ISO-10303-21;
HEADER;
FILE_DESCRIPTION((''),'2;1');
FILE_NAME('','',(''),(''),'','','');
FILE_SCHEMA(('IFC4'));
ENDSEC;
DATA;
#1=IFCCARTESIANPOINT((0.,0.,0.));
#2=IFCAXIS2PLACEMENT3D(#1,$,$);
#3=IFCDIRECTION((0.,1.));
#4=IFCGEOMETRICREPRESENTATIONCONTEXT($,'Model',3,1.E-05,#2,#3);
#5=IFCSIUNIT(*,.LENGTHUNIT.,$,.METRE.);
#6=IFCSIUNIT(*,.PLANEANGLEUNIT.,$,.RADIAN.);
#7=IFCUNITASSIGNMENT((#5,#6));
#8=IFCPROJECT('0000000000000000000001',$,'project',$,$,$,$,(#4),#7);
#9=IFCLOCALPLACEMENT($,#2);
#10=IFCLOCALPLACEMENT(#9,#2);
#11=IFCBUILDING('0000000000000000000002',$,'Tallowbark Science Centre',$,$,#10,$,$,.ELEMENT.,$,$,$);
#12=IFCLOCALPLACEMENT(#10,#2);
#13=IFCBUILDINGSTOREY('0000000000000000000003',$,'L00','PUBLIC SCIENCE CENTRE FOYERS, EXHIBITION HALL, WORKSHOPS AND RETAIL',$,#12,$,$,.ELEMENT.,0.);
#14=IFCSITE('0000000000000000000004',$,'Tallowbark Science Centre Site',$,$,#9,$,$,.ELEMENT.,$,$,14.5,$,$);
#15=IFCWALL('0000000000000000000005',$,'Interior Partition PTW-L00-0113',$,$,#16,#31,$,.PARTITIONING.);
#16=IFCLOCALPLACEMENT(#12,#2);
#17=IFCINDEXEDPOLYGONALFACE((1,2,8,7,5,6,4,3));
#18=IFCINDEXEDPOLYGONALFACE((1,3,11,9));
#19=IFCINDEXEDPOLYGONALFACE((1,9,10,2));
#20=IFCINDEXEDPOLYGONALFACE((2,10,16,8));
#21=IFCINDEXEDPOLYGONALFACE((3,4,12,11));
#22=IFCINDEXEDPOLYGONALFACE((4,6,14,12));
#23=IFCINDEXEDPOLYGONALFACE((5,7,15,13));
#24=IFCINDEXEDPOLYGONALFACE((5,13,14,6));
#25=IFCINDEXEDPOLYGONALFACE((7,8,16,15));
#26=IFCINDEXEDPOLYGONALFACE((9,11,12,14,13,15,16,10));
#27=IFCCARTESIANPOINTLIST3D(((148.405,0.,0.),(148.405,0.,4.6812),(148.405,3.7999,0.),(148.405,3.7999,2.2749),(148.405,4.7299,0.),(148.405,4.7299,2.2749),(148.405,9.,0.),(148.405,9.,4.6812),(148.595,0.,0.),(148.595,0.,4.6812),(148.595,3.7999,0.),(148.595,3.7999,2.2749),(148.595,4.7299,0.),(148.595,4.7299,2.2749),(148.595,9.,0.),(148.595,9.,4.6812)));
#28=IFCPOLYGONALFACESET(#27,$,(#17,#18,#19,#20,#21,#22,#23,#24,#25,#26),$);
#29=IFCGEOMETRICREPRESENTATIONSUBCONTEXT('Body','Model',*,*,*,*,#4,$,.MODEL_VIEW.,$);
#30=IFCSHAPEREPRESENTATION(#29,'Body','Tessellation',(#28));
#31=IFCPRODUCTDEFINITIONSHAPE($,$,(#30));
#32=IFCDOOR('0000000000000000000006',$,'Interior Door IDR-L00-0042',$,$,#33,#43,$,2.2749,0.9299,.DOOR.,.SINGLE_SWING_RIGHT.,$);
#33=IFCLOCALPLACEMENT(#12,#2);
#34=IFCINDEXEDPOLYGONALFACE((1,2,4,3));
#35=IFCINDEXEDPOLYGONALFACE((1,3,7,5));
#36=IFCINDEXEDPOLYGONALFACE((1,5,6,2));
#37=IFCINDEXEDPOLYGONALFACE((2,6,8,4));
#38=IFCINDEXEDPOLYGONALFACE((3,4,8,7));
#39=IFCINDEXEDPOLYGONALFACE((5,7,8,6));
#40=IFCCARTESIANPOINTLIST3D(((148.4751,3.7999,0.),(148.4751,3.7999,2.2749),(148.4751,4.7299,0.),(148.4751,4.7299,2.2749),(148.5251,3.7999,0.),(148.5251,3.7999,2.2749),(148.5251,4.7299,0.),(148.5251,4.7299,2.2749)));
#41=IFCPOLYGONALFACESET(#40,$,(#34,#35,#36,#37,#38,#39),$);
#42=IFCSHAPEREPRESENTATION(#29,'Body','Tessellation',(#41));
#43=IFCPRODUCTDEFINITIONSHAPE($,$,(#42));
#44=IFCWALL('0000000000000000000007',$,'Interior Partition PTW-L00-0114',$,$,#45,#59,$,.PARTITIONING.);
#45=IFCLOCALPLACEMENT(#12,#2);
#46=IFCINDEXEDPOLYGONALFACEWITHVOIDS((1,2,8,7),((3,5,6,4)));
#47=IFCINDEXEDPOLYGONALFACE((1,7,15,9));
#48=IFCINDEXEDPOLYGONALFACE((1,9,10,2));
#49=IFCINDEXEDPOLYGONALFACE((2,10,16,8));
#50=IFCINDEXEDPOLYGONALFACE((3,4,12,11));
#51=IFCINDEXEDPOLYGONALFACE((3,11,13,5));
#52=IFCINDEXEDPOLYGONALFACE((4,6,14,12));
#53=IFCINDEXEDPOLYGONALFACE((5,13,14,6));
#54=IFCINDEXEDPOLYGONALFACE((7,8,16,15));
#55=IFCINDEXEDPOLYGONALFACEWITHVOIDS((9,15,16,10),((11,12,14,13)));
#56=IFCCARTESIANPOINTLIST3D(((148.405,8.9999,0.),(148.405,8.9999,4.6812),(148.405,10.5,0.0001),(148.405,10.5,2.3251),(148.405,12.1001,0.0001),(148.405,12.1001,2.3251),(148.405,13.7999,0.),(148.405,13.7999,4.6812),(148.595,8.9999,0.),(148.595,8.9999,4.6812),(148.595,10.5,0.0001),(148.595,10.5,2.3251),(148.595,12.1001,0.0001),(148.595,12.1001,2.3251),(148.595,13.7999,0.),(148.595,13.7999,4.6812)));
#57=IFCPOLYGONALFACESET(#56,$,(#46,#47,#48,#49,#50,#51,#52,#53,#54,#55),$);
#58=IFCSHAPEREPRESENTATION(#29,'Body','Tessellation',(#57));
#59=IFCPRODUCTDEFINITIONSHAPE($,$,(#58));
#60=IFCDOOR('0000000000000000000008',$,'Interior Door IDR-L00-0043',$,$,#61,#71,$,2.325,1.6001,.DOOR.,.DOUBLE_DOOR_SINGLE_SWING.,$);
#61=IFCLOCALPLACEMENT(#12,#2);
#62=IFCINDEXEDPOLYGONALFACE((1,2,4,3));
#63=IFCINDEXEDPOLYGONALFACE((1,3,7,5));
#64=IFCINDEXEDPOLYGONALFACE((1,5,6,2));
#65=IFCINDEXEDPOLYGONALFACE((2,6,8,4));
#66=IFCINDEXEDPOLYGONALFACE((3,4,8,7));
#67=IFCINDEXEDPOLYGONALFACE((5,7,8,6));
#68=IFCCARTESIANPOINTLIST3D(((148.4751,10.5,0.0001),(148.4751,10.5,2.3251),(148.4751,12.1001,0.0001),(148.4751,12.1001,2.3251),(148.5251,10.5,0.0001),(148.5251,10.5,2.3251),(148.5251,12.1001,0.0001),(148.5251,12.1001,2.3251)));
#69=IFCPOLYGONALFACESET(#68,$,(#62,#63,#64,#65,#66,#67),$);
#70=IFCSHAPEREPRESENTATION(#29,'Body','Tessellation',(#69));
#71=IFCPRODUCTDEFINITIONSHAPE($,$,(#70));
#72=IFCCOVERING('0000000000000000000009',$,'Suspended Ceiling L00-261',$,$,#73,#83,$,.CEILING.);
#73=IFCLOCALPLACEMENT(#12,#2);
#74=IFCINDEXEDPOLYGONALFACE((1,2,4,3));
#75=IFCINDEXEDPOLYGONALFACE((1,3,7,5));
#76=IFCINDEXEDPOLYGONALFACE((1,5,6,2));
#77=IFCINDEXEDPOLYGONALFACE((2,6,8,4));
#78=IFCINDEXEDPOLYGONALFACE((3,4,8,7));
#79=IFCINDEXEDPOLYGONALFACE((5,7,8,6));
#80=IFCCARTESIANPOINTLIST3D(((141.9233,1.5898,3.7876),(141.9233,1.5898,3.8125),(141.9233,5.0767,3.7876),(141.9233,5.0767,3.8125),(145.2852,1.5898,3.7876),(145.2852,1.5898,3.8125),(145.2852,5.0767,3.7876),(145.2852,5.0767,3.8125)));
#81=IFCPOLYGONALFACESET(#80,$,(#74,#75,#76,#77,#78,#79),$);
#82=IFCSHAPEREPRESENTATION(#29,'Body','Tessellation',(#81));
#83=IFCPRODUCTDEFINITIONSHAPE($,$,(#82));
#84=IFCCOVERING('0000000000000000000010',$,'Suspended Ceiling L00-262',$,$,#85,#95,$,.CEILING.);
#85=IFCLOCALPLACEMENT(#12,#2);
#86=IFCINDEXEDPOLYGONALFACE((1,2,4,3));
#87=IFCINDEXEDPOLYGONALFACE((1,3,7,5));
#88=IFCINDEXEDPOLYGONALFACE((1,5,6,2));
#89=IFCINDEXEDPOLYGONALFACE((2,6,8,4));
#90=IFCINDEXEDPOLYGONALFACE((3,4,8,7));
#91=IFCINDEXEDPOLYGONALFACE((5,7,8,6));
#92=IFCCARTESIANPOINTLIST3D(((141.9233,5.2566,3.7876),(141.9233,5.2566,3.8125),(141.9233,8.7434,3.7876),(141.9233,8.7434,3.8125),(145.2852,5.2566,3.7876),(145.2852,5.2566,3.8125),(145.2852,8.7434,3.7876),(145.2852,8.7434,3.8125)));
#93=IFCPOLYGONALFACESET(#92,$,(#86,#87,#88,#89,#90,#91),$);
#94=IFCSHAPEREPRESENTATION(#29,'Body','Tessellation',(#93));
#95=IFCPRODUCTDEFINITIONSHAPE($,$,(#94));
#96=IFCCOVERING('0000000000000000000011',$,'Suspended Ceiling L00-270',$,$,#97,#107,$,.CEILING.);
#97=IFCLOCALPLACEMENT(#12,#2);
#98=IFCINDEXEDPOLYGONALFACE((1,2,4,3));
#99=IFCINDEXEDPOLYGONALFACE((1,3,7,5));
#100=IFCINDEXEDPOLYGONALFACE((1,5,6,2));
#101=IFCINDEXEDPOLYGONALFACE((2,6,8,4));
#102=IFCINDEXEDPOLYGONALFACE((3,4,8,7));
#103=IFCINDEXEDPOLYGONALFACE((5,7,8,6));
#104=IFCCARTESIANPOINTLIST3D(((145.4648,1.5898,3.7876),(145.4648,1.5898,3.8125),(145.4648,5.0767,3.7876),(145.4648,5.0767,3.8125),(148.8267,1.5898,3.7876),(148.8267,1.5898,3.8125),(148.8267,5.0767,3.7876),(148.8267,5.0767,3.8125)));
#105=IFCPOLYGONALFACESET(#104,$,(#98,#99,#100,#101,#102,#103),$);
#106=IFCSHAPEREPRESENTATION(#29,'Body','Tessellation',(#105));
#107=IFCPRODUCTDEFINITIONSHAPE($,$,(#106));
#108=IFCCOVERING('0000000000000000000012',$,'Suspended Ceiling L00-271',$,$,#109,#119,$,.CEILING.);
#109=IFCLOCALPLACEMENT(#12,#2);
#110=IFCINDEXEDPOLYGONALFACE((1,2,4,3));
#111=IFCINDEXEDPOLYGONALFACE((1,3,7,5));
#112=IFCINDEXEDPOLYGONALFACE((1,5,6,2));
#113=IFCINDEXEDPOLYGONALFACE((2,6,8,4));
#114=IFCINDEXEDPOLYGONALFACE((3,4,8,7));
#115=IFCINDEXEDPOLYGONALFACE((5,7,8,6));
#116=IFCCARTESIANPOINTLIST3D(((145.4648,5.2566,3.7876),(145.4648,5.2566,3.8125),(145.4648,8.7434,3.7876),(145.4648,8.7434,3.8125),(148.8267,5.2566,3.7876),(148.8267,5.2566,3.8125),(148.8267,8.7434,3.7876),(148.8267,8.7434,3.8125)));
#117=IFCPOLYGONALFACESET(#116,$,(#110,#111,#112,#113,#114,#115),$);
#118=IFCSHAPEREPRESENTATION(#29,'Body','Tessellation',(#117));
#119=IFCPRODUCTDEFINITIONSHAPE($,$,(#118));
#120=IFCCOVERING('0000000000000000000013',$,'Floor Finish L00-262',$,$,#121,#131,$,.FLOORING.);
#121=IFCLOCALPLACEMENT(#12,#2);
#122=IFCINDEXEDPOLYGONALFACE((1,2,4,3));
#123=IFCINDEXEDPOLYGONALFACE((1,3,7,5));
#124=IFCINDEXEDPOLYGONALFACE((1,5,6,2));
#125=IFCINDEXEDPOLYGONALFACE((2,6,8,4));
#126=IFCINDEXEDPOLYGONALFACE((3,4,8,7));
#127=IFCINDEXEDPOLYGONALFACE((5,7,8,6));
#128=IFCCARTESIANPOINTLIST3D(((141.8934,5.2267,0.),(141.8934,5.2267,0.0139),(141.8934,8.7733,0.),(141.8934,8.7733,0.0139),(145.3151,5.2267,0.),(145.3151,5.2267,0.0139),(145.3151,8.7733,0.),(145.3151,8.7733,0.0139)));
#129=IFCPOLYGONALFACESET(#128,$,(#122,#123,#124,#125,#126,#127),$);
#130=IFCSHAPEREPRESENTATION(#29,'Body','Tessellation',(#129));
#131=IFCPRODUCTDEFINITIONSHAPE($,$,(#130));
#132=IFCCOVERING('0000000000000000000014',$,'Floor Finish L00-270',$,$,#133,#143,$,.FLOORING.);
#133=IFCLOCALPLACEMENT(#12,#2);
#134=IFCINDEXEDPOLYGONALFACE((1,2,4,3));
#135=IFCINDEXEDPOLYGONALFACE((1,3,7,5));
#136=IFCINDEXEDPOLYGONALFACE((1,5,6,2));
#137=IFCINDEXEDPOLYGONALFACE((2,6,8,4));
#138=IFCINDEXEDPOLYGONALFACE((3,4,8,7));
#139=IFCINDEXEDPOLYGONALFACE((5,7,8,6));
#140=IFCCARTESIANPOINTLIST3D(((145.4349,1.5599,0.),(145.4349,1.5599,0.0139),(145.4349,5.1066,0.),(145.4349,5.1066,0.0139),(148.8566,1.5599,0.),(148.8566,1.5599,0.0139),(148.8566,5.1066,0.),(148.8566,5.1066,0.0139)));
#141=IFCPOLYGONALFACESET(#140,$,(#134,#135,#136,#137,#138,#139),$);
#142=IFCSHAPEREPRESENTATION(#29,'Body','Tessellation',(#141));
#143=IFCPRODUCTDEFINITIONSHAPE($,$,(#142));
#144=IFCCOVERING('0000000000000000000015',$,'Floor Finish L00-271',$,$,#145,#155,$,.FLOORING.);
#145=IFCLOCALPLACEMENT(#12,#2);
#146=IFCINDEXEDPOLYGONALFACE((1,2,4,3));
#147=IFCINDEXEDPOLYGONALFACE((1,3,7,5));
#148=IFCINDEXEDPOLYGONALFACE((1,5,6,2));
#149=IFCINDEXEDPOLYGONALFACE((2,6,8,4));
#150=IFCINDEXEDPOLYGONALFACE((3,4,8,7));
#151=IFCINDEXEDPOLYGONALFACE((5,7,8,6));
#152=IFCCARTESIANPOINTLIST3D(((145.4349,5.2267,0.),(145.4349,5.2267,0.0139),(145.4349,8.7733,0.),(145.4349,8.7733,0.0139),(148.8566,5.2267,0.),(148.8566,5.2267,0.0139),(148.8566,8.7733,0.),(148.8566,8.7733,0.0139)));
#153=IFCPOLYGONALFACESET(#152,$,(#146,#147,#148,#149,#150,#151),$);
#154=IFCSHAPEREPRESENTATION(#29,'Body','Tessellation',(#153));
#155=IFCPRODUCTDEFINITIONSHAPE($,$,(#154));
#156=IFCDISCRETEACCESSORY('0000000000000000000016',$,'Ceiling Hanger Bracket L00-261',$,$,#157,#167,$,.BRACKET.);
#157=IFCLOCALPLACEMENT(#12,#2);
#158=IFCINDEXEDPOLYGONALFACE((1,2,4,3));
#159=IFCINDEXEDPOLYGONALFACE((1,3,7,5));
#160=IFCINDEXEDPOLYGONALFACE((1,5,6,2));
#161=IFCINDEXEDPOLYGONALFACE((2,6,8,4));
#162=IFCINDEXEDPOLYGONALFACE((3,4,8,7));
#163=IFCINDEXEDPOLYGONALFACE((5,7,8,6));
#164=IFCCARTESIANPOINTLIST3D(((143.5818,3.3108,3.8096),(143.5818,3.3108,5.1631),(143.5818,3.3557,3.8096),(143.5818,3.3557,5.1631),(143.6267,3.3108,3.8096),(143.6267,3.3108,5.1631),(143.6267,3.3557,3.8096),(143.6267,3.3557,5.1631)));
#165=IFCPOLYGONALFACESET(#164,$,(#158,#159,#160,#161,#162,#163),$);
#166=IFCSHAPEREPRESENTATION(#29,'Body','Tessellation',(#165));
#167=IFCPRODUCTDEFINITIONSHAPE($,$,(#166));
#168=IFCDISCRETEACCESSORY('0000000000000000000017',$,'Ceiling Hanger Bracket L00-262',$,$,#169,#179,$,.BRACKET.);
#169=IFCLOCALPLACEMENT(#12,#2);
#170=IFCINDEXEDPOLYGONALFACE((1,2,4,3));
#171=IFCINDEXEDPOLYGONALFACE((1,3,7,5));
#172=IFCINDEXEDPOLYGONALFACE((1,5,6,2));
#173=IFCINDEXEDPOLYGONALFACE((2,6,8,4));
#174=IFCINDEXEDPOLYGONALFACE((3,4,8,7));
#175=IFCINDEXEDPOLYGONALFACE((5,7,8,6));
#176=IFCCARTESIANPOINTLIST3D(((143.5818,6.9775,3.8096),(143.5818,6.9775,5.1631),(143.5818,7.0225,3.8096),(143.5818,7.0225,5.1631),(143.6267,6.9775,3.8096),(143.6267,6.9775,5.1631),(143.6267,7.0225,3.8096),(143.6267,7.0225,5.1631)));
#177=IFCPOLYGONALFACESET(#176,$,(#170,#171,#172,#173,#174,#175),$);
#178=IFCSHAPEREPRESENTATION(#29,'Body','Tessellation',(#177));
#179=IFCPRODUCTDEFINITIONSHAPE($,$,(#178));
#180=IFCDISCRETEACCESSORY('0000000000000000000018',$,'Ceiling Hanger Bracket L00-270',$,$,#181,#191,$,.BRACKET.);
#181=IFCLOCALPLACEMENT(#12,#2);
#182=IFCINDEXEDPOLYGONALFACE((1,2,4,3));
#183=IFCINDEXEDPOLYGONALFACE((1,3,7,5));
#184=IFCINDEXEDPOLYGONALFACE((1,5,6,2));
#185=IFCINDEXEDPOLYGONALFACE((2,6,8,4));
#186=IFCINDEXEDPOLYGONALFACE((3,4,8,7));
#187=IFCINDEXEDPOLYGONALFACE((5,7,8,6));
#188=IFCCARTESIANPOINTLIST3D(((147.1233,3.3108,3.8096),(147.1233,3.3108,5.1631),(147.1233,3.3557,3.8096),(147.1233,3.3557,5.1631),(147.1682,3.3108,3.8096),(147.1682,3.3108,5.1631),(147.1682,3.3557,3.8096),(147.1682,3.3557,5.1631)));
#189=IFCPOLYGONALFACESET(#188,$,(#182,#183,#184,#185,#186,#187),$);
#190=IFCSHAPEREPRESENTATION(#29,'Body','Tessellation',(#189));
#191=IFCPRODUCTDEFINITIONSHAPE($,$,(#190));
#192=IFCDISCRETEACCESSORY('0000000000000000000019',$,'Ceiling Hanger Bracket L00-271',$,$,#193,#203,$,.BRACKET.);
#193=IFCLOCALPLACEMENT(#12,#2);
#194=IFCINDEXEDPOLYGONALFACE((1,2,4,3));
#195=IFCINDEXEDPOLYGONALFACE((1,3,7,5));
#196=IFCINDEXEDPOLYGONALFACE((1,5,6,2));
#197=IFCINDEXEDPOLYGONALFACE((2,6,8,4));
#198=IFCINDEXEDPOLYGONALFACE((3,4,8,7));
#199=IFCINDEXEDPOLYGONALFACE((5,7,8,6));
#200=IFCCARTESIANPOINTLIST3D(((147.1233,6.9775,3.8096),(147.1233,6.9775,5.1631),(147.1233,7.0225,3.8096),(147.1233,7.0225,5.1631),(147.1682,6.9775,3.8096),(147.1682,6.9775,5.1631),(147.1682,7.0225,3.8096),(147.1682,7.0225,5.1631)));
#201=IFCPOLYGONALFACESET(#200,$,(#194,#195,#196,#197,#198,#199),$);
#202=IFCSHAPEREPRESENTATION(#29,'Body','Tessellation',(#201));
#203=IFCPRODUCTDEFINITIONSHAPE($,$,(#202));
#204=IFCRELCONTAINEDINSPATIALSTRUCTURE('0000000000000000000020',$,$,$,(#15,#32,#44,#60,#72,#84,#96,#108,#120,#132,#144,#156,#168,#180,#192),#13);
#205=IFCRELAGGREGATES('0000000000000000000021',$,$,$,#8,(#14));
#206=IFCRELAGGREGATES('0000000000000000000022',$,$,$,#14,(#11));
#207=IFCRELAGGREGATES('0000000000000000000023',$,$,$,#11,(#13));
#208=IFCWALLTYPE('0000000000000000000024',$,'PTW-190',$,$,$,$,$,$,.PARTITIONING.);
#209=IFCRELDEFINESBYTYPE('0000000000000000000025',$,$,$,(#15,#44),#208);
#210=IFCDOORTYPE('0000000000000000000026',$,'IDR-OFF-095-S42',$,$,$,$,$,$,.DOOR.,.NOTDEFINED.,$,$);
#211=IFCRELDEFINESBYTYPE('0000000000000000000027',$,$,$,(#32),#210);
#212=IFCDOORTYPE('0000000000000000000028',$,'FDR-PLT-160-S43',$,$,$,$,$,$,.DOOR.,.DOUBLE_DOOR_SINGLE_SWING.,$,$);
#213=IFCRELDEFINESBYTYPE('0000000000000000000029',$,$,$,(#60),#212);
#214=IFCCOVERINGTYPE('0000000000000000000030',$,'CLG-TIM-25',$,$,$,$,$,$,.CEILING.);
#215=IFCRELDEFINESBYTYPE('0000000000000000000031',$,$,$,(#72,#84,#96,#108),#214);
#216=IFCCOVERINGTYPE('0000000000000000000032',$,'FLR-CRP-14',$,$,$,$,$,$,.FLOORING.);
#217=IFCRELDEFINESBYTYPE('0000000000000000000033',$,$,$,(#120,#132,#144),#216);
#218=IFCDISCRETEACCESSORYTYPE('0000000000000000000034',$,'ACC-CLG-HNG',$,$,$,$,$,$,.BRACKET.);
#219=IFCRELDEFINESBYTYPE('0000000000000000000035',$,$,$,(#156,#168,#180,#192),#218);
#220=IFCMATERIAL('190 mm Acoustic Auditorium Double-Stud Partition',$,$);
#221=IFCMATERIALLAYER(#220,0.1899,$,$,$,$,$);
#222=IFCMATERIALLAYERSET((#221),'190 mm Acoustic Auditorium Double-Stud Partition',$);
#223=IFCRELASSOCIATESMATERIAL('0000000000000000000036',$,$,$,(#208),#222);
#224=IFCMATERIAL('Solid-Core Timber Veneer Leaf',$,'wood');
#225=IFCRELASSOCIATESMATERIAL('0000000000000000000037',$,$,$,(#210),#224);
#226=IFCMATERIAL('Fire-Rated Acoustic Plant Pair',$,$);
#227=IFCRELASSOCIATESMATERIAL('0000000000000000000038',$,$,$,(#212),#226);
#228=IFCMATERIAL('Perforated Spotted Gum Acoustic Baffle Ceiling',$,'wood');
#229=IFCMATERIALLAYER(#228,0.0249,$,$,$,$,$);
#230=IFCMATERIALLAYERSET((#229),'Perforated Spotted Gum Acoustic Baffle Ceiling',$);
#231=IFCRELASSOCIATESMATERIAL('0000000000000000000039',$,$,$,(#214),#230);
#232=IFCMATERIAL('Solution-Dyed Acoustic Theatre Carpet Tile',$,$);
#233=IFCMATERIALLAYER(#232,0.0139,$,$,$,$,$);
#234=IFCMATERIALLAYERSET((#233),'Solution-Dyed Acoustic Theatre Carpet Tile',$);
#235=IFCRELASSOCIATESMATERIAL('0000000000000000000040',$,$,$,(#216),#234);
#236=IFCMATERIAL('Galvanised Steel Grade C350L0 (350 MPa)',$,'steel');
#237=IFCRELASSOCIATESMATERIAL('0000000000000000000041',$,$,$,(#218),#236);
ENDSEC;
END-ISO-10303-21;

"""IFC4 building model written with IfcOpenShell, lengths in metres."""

from ifc_helpers import new_model, si_unit, direction, frame, frame_2d, origin, origin_2d, place, context, subcontext, project, spatial, rectangle, extrude, material, layer, layer_set, type_object, element, fill, save


model = new_model("IFC4")

# Units and contexts
model_context = context("Model", 3, precision=1e-05, world=origin(), true_north=direction((0.0, 1.0)))
body_context = subcontext(model_context, "Body", "Model", "MODEL_VIEW")
ifc_project = project(units=[si_unit("LENGTHUNIT", "METRE"), si_unit("PLANEANGLEUNIT", "RADIAN")], contexts=[model_context])

# Site, building, storey
site_placement = place(None, origin())
site = spatial("IfcSite", under=ifc_project, at=site_placement, Name="Tallowbark Science Centre Site", CompositionType="ELEMENT", RefElevation=14.5)
building_placement = place(site_placement, origin())
building = spatial("IfcBuilding", under=site, at=building_placement, Name="Tallowbark Science Centre", CompositionType="ELEMENT")
storey_placement = place(building_placement, origin())
storey = spatial("IfcBuildingStorey", under=building, at=storey_placement, Name="L00", Description="PUBLIC SCIENCE CENTRE FOYERS, EXHIBITION HALL, WORKSHOPS AND RETAIL", CompositionType="ELEMENT", Elevation=0.0)

# Walls, openings, doors
ifc_material_1 = material(Name="190 mm Acoustic Auditorium Double-Stud Partition")
ifc_layer_1 = layer(ifc_material_1, 0.1899)
ifc_layer_set_1 = layer_set([ifc_layer_1], Name="190 mm Acoustic Auditorium Double-Stud Partition")
wall_type_1 = type_object("IfcWallType", Name="PTW-190", PredefinedType="PARTITIONING", material=ifc_layer_set_1)
wall_1_placement = place(storey_placement, frame((148.5, 0.0, 0.0), z_axis=(0.0, 0.0, 1.0), x_axis=(0.0, 1.0, 0.0)))
wall_1 = element("IfcWall", 1, at=wall_1_placement, inside=storey, type_object=wall_type_1, Name="Interior Partition PTW-L00-0113", PredefinedType="PARTITIONING", context=body_context, shape_type="SweptSolid", body=[
    extrude(rectangle(XDim=9.0, YDim=0.1899, at=frame_2d((4.5, 0.0))), origin(), (0.0, 0.0, 1.0), 4.6812),
])
opening_1_placement = place(wall_1_placement, frame((3.8, 0.0, 0.0)))
opening_1 = element("IfcOpeningElement", 2, at=opening_1_placement, cuts=wall_1, PredefinedType="OPENING", context=body_context, shape_type="SweptSolid", body=[
    extrude(rectangle(XDim=0.9299, YDim=2.2749, at=frame_2d((0.4648, 1.1375))), frame((0.0, 0.105, 0.0), z_axis=(0.0, -1.0, 0.0), x_axis=(1.0, 0.0, 0.0)), (0.0, 0.0, 1.0), 0.21),
])
ifc_material_2 = material(Name="Solid-Core Timber Veneer Leaf", Category="wood")
door_type_1 = type_object("IfcDoorType", Name="IDR-OFF-095-S42", OperationType="NOTDEFINED", PredefinedType="DOOR", material=ifc_material_2)
door_1_placement = place(opening_1_placement, origin())
door_1 = element("IfcDoor", 3, at=door_1_placement, inside=storey, type_object=door_type_1, Name="Interior Door IDR-L00-0042", OperationType="SINGLE_SWING_RIGHT", OverallHeight=2.2749, OverallWidth=0.9299, PredefinedType="DOOR", context=body_context, shape_type="SweptSolid", body=[
    extrude(rectangle(XDim=0.9299, YDim=2.2749, at=frame_2d((0.4648, 1.1375))), frame((0.0, 0.0249, 0.0), z_axis=(0.0, -1.0, 0.0), x_axis=(1.0, 0.0, 0.0)), (0.0, 0.0, 1.0), 0.05),
])
fill(opening_1, door_1)
wall_2_placement = place(storey_placement, frame((148.5, 9.0, 0.0), z_axis=(0.0, 0.0, 1.0), x_axis=(0.0, 1.0, 0.0)))
wall_2 = element("IfcWall", 4, at=wall_2_placement, inside=storey, type_object=wall_type_1, Name="Interior Partition PTW-L00-0114", PredefinedType="PARTITIONING", context=body_context, shape_type="SweptSolid", body=[
    extrude(rectangle(XDim=4.8, YDim=0.1899, at=frame_2d((2.3999, 0.0))), origin(), (0.0, 0.0, 1.0), 4.6812),
])
opening_2_placement = place(wall_2_placement, frame((1.5, 0.0, 0.0)))
opening_2 = element("IfcOpeningElement", 5, at=opening_2_placement, cuts=wall_2, PredefinedType="OPENING", context=body_context, shape_type="SweptSolid", body=[
    extrude(rectangle(XDim=1.6001, YDim=2.325, at=frame_2d((0.8, 1.1626))), frame((0.0, 0.105, 0.0), z_axis=(0.0, -1.0, 0.0), x_axis=(1.0, 0.0, 0.0)), (0.0, 0.0, 1.0), 0.21),
])
ifc_material_3 = material(Name="Fire-Rated Acoustic Plant Pair")
door_type_2 = type_object("IfcDoorType", Name="FDR-PLT-160-S43", OperationType="DOUBLE_DOOR_SINGLE_SWING", PredefinedType="DOOR", material=ifc_material_3)
door_2_placement = place(opening_2_placement, origin())
door_2 = element("IfcDoor", 6, at=door_2_placement, inside=storey, type_object=door_type_2, Name="Interior Door IDR-L00-0043", OperationType="DOUBLE_DOOR_SINGLE_SWING", OverallHeight=2.325, OverallWidth=1.6001, PredefinedType="DOOR", context=body_context, shape_type="SweptSolid", body=[
    extrude(rectangle(XDim=1.6001, YDim=2.325, at=frame_2d((0.8, 1.1626))), frame((0.0, 0.0249, 0.0), z_axis=(0.0, -1.0, 0.0), x_axis=(1.0, 0.0, 0.0)), (0.0, 0.0, 1.0), 0.05),
])
fill(opening_2, door_2)

# Coverings
ifc_material_4 = material(Name="Perforated Spotted Gum Acoustic Baffle Ceiling", Category="wood")
ifc_layer_2 = layer(ifc_material_4, 0.0249)
ifc_layer_set_2 = layer_set([ifc_layer_2], Name="Perforated Spotted Gum Acoustic Baffle Ceiling")
covering_type_1 = type_object("IfcCoveringType", Name="CLG-TIM-25", PredefinedType="CEILING", material=ifc_layer_set_2)
for number, where, z_axis, x_axis, name in (
    (7, (143.6042, 3.3333, 3.7876), (0.0, 0.0, 1.0), (1.0, 0.0, 0.0), "Suspended Ceiling L00-261"),
    (8, (143.6042, 7.0, 3.7876), (0.0, 0.0, 1.0), (1.0, 0.0, 0.0), "Suspended Ceiling L00-262"),
    (9, (147.1458, 3.3333, 3.7876), (0.0, 0.0, 1.0), (1.0, 0.0, 0.0), "Suspended Ceiling L00-270"),
    (10, (147.1458, 7.0, 3.7876), (0.0, 0.0, 1.0), (1.0, 0.0, 0.0), "Suspended Ceiling L00-271"),
):
    element("IfcCovering", number, at=place(storey_placement, frame(where, z_axis=z_axis, x_axis=x_axis)), inside=storey, type_object=covering_type_1, Name=name, PredefinedType="CEILING", context=body_context, shape_type="SweptSolid", body=[
        extrude(rectangle(XDim=3.3618, YDim=3.4868, at=origin_2d()), origin(), (0.0, 0.0, 1.0), 0.0249),
    ])
ifc_material_5 = material(Name="Solution-Dyed Acoustic Theatre Carpet Tile")
ifc_layer_3 = layer(ifc_material_5, 0.0139)
ifc_layer_set_3 = layer_set([ifc_layer_3], Name="Solution-Dyed Acoustic Theatre Carpet Tile")
covering_type_2 = type_object("IfcCoveringType", Name="FLR-CRP-14", PredefinedType="FLOORING", material=ifc_layer_set_3)
for number, where, z_axis, x_axis, name in (
    (11, (143.6042, 7.0, 0.0), (0.0, 0.0, 1.0), (1.0, 0.0, 0.0), "Floor Finish L00-262"),
    (12, (147.1458, 3.3333, 0.0), (0.0, 0.0, 1.0), (1.0, 0.0, 0.0), "Floor Finish L00-270"),
    (13, (147.1458, 7.0, 0.0), (0.0, 0.0, 1.0), (1.0, 0.0, 0.0), "Floor Finish L00-271"),
):
    element("IfcCovering", number, at=place(storey_placement, frame(where, z_axis=z_axis, x_axis=x_axis)), inside=storey, type_object=covering_type_2, Name=name, PredefinedType="FLOORING", context=body_context, shape_type="SweptSolid", body=[
        extrude(rectangle(XDim=3.4216, YDim=3.5466, at=origin_2d()), origin(), (0.0, 0.0, 1.0), 0.0139),
    ])

# Discrete accessories
ifc_material_6 = material(Name="Galvanised Steel Grade C350L0 (350 MPa)", Category="steel")
discrete_accessory_type = type_object("IfcDiscreteAccessoryType", Name="ACC-CLG-HNG", PredefinedType="BRACKET", material=ifc_material_6)
for number, where, z_axis, x_axis, name in (
    (14, (143.6042, 3.3333, 3.8096), (0.0, 0.0, 1.0), (1.0, 0.0, 0.0), "Ceiling Hanger Bracket L00-261"),
    (15, (143.6042, 7.0, 3.8096), (0.0, 0.0, 1.0), (1.0, 0.0, 0.0), "Ceiling Hanger Bracket L00-262"),
    (16, (147.1458, 3.3333, 3.8096), (0.0, 0.0, 1.0), (1.0, 0.0, 0.0), "Ceiling Hanger Bracket L00-270"),
    (17, (147.1458, 7.0, 3.8096), (0.0, 0.0, 1.0), (1.0, 0.0, 0.0), "Ceiling Hanger Bracket L00-271"),
):
    element("IfcDiscreteAccessory", number, at=place(storey_placement, frame(where, z_axis=z_axis, x_axis=x_axis)), inside=storey, type_object=discrete_accessory_type, Name=name, PredefinedType="BRACKET", context=body_context, shape_type="SweptSolid", body=[
        extrude(rectangle(XDim=0.0449, YDim=0.0449, at=origin_2d()), origin(), (0.0, 0.0, 1.0), 1.3535),
    ])

save(model, "model.ifc")
